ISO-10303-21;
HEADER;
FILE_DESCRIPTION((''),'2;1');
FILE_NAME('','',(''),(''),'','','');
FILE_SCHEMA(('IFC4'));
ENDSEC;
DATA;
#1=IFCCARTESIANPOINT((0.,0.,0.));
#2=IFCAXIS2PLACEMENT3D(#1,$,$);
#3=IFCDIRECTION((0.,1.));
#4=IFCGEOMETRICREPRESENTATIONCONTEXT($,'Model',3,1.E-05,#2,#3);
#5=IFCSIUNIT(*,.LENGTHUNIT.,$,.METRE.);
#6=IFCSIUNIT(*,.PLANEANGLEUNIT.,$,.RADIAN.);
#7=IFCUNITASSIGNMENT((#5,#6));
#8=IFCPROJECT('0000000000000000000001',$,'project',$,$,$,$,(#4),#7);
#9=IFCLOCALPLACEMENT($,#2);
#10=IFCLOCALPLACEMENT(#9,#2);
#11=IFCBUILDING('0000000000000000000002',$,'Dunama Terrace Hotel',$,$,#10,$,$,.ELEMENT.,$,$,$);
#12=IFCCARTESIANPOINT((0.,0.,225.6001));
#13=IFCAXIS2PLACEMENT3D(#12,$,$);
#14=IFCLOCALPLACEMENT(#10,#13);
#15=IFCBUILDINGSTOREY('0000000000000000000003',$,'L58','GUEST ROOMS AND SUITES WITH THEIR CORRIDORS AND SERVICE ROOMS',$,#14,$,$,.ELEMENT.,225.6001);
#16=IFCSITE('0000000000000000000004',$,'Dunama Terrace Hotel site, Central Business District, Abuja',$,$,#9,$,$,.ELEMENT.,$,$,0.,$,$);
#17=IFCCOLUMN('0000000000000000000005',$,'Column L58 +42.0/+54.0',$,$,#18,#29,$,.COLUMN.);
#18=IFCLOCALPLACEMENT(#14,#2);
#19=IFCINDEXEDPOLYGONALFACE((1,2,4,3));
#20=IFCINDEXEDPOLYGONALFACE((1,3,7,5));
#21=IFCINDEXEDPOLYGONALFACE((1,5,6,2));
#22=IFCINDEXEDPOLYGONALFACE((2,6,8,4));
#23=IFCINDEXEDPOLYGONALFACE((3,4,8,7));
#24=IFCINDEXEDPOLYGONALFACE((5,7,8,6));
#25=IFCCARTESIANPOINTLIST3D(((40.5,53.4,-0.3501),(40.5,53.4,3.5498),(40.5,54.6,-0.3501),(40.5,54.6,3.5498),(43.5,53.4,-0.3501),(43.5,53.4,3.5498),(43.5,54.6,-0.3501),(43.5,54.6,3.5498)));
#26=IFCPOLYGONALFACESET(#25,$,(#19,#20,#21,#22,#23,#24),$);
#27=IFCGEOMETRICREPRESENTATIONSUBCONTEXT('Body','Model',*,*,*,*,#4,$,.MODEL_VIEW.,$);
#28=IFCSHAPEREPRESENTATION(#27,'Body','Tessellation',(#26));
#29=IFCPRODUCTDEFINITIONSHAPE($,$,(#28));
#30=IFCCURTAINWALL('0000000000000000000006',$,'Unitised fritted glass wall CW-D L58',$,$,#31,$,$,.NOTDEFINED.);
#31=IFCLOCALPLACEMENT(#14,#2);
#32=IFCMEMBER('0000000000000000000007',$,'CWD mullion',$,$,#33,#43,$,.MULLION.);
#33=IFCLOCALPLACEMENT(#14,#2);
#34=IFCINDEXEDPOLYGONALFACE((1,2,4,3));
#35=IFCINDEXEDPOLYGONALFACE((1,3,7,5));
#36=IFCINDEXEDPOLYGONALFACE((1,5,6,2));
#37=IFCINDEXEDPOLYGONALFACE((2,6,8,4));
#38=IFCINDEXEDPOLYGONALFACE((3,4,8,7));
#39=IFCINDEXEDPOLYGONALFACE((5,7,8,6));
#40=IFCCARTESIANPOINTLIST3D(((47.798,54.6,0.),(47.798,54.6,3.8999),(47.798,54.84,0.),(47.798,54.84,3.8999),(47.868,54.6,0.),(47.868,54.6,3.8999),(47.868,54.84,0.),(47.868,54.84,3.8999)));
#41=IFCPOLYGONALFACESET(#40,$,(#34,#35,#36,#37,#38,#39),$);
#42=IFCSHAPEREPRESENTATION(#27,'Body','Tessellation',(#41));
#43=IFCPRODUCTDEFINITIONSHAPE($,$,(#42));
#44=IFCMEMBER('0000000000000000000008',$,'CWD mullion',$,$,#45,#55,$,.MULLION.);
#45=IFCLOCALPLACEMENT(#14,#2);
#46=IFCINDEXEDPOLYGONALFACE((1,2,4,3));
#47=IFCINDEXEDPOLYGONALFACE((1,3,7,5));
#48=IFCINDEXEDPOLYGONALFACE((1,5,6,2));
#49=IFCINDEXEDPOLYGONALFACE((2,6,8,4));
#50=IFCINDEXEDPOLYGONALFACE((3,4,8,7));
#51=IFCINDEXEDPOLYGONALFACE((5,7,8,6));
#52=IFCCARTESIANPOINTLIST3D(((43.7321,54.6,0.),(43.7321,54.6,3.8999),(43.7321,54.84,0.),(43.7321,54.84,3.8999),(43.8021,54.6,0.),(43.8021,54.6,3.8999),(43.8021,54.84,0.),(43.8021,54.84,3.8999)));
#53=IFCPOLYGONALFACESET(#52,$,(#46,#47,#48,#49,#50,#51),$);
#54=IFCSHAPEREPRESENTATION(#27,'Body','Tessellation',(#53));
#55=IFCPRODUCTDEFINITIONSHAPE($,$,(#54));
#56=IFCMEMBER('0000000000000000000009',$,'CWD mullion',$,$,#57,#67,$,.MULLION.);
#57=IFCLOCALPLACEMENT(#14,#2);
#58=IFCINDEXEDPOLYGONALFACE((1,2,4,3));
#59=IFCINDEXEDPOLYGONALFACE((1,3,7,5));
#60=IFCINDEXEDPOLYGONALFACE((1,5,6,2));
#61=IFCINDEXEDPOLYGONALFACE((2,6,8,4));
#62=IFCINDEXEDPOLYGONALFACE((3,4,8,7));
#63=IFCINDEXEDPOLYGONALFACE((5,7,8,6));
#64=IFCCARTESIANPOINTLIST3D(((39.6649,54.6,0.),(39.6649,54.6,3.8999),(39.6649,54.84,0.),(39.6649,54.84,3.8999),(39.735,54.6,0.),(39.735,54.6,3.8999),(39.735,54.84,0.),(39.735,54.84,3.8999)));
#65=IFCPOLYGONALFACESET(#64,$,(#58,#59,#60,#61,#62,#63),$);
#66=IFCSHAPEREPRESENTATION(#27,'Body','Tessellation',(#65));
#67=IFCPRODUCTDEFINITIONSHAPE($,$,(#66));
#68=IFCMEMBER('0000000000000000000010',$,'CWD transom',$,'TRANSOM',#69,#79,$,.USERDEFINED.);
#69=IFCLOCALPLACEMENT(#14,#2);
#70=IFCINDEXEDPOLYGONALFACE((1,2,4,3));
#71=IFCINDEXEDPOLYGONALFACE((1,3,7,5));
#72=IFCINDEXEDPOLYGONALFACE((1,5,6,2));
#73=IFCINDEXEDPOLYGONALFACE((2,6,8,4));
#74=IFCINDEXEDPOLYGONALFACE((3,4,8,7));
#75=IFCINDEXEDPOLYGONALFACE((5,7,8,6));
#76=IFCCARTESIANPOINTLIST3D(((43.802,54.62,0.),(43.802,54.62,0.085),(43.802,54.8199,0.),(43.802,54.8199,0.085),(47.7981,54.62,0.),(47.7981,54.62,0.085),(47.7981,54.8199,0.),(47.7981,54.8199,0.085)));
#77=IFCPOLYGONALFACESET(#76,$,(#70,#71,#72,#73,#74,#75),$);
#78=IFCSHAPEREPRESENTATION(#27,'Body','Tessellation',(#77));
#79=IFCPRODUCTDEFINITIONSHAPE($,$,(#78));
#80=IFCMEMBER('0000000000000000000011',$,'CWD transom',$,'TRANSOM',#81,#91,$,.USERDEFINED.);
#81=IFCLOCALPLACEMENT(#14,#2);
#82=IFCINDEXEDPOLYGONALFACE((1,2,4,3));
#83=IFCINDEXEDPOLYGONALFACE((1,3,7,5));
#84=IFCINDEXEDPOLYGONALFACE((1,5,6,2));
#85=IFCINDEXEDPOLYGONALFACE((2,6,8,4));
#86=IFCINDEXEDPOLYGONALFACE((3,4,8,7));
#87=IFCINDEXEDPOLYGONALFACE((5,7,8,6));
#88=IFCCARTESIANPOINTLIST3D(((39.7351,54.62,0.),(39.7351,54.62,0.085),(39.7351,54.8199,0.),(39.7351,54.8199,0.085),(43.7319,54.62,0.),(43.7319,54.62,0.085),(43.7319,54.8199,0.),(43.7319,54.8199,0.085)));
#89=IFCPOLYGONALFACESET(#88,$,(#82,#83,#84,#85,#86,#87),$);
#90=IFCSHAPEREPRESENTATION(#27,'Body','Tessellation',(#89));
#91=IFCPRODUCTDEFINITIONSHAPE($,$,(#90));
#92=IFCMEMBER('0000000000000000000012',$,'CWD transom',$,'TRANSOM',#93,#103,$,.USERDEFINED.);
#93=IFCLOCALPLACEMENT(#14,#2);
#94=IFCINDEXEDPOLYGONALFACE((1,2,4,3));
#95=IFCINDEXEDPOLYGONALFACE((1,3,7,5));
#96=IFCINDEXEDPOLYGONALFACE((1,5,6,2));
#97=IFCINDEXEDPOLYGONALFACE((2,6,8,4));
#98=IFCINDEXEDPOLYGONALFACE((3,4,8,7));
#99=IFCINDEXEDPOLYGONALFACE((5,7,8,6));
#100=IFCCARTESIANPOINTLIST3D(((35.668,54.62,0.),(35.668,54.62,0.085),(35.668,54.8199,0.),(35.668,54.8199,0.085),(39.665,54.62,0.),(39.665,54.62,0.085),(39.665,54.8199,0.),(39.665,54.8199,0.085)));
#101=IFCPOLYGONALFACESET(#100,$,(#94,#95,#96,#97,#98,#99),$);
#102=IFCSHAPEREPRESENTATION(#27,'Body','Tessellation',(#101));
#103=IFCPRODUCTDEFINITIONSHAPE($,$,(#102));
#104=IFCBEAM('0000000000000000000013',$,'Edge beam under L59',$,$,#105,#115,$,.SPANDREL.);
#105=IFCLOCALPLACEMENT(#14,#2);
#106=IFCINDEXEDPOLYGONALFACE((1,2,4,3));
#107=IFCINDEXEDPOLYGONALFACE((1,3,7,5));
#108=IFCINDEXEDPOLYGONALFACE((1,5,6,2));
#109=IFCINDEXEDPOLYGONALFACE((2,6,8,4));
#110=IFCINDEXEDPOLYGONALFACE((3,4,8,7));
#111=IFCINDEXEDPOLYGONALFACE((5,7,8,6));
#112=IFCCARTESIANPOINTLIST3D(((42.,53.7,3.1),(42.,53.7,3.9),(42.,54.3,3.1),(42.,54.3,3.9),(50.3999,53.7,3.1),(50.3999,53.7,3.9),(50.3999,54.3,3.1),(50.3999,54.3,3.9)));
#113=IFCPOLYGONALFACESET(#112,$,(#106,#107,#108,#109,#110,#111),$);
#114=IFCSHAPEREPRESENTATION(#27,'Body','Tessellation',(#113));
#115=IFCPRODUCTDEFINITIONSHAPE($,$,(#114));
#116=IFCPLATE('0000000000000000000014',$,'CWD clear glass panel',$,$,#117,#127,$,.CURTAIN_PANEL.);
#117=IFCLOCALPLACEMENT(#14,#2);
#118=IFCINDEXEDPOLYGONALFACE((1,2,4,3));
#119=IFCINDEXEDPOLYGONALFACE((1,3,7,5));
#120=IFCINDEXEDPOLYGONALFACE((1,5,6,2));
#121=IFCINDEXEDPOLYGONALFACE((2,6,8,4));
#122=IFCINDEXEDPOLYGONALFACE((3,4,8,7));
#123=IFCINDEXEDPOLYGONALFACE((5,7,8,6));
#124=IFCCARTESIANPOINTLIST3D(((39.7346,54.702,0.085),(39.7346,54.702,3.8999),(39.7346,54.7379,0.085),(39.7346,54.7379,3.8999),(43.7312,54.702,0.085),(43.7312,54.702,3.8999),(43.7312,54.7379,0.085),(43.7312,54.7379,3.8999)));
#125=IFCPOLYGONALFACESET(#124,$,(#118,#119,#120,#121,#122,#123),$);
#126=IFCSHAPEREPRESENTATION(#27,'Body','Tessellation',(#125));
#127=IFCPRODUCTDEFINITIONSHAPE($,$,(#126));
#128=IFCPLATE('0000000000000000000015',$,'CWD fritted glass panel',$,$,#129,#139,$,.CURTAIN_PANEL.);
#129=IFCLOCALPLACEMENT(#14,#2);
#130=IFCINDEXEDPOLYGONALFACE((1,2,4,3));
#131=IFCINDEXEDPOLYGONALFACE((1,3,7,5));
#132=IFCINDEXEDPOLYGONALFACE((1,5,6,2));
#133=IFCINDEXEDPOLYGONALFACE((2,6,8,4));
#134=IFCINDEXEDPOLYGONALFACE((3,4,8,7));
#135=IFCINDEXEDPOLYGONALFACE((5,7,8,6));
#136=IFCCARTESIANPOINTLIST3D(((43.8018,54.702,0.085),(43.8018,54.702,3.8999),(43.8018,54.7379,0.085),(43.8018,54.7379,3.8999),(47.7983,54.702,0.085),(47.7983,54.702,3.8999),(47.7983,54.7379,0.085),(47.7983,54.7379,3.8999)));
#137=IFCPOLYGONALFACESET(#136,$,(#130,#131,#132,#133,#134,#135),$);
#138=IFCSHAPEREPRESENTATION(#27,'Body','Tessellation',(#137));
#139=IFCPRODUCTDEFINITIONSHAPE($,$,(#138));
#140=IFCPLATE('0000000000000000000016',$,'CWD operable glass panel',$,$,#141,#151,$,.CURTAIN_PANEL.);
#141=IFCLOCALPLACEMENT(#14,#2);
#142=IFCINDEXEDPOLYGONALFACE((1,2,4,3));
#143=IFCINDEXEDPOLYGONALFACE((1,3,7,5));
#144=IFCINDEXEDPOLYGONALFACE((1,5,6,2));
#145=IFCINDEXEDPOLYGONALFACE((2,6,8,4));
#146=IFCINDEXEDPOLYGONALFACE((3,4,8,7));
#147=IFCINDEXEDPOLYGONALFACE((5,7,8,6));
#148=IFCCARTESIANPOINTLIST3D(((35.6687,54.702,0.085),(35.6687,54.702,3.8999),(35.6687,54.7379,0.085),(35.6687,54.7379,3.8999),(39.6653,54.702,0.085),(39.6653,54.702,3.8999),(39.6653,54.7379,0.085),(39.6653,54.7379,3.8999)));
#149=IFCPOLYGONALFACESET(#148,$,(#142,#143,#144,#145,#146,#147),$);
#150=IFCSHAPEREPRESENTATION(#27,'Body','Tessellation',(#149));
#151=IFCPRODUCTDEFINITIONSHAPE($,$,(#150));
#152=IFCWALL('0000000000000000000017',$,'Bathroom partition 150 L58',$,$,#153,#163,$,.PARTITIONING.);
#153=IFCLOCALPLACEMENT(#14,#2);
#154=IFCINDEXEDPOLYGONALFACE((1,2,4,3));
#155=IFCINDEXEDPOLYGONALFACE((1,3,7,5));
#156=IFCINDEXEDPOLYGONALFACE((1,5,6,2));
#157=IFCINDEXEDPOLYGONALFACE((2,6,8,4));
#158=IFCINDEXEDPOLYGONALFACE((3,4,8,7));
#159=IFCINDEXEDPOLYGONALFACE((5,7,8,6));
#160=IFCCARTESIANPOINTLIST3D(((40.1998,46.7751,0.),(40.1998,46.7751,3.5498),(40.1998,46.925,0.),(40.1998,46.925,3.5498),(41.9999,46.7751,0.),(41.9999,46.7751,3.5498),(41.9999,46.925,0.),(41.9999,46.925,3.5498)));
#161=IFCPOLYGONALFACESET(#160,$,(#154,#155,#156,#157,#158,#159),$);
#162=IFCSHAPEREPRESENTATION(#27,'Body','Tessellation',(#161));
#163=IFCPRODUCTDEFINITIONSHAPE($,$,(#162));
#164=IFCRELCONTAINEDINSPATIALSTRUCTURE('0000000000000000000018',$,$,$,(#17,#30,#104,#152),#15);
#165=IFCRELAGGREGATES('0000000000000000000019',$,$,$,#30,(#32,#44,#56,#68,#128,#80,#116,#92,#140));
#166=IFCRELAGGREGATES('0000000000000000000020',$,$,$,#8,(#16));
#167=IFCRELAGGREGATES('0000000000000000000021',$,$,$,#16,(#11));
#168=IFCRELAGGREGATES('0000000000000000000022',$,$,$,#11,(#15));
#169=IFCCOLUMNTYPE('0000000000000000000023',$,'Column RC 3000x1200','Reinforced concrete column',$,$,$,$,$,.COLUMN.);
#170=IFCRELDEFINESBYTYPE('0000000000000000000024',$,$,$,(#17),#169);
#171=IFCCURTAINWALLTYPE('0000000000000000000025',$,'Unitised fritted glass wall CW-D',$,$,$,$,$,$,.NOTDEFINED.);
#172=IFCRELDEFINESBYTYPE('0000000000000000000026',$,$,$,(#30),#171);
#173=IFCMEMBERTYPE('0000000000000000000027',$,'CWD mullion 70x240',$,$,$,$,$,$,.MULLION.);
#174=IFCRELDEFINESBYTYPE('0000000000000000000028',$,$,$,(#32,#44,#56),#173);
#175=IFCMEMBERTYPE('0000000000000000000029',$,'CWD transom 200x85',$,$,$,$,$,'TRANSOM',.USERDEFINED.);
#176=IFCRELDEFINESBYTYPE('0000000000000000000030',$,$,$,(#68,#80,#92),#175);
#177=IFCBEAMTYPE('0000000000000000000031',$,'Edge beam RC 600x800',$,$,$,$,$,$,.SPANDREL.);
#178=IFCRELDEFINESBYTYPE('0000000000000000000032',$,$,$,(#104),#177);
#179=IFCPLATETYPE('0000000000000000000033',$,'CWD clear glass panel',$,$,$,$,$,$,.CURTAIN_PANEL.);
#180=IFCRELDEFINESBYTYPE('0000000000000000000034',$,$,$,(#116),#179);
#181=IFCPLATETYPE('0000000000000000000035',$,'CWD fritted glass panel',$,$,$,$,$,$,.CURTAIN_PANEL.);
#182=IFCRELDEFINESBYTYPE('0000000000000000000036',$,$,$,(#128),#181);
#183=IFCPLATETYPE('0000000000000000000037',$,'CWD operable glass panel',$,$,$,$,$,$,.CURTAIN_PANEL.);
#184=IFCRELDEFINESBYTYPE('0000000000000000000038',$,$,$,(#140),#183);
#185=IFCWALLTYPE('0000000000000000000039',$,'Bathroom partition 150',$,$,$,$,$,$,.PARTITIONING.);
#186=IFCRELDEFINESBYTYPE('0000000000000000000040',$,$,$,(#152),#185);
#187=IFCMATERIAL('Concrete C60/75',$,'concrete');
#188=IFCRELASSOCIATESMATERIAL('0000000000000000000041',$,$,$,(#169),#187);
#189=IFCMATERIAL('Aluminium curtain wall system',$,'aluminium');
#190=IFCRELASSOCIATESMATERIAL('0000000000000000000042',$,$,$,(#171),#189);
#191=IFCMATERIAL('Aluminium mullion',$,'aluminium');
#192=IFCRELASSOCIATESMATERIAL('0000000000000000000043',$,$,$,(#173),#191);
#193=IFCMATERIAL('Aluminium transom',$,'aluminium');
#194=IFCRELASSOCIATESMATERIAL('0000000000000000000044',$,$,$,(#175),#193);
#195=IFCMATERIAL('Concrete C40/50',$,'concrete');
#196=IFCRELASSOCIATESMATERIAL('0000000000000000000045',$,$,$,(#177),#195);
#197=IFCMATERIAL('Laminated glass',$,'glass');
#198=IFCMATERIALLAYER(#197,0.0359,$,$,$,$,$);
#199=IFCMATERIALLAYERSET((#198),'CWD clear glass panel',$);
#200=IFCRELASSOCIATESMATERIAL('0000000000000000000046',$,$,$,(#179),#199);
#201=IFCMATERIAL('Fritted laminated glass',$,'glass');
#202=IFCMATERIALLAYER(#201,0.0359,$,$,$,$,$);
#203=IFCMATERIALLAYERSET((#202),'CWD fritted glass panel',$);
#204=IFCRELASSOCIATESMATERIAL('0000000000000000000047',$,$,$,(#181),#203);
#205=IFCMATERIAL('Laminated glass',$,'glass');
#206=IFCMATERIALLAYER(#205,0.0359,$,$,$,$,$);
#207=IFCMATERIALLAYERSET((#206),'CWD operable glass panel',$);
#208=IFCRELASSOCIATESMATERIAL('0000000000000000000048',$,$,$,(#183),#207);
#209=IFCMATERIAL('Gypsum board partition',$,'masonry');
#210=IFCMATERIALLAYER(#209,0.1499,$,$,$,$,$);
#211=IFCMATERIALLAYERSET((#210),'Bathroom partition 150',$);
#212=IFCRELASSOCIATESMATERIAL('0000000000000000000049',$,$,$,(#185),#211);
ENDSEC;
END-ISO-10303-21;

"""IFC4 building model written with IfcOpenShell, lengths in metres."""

from ifc_helpers import new_model, si_unit, direction, frame, frame_2d, origin, origin_2d, place, context, subcontext, project, spatial, rectangle, extrude, material, layer, layer_set, material_profile, profile_set, type_object, element, aggregate, save


model = new_model("IFC4")

# Units and contexts
model_context = context("Model", 3, precision=1e-05, world=origin(), true_north=direction((0.0, 1.0)))
body_context = subcontext(model_context, "Body", "Model", "MODEL_VIEW")
ifc_project = project(units=[si_unit("LENGTHUNIT", "METRE"), si_unit("PLANEANGLEUNIT", "RADIAN")], contexts=[model_context])

# Site, building, storey
site_placement = place(None, origin())
site = spatial("IfcSite", under=ifc_project, at=site_placement, Name="Dunama Terrace Hotel site, Central Business District, Abuja", CompositionType="ELEMENT", RefElevation=0.0)
building_placement = place(site_placement, origin())
building = spatial("IfcBuilding", under=site, at=building_placement, Name="Dunama Terrace Hotel", CompositionType="ELEMENT")
storey_placement = place(building_placement, frame((0.0, 0.0, 225.6001)))
storey = spatial("IfcBuildingStorey", under=building, at=storey_placement, Name="L58", Description="GUEST ROOMS AND SUITES WITH THEIR CORRIDORS AND SERVICE ROOMS", CompositionType="ELEMENT", Elevation=225.6001)

# Column
ifc_material_1 = material(Name="Concrete C60/75", Category="concrete")
ifc_material_profile_1 = material_profile(ifc_material_1, rectangle(XDim=3.0, YDim=1.2, at=origin_2d()), Name="RC 3000x1200")
ifc_profile_set_1 = profile_set([ifc_material_profile_1], Name="Concrete C60/75")
column_type = type_object("IfcColumnType", Name="Column RC 3000x1200", Description="Reinforced concrete column", PredefinedType="COLUMN", material=ifc_profile_set_1)
column_placement = place(storey_placement, frame((42.0, 54.0, -0.3501), z_axis=(0.0, 0.0, 1.0), x_axis=(1.0, 0.0, 0.0)))
element("IfcColumn", 1, at=column_placement, inside=storey, type_object=column_type, Name="Column L58 +42.0/+54.0", PredefinedType="COLUMN", context=body_context, shape_type="SweptSolid", body=[
    extrude(rectangle(XDim=3.0, YDim=1.2, at=origin_2d()), origin(), (0.0, 0.0, 1.0), 3.8999),
])

# Curtain wall, members
ifc_material_2 = material(Name="Aluminium curtain wall system", Category="aluminium")
curtain_wall_type = type_object("IfcCurtainWallType", Name="Unitised fritted glass wall CW-D", PredefinedType="NOTDEFINED", material=ifc_material_2)
curtain_wall_placement = place(storey_placement, origin())
curtain_wall = element("IfcCurtainWall", 2, at=curtain_wall_placement, inside=storey, type_object=curtain_wall_type, Name="Unitised fritted glass wall CW-D L58", PredefinedType="NOTDEFINED")
ifc_material_3 = material(Name="Aluminium mullion", Category="aluminium")
ifc_material_profile_2 = material_profile(ifc_material_3, rectangle(XDim=0.0701, YDim=0.24, at=origin_2d()), Name="CWD MULLION 70X240")
ifc_profile_set_2 = profile_set([ifc_material_profile_2], Name="Aluminium mullion")
member_type_1 = type_object("IfcMemberType", Name="CWD mullion 70x240", PredefinedType="MULLION", material=ifc_profile_set_2)
member_1_placement = place(storey_placement, frame((47.833, 54.72, 0.0), z_axis=(0.0, 0.0, 1.0), x_axis=(-1.0, 0.0, 0.0)))
member_1 = element("IfcMember", 3, at=member_1_placement, type_object=member_type_1, Name="CWD mullion", PredefinedType="MULLION", context=body_context, shape_type="SweptSolid", body=[
    extrude(rectangle(XDim=0.0701, YDim=0.24, at=origin_2d()), origin(), (0.0, 0.0, 1.0), 3.8999),
])
member_2_placement = place(storey_placement, frame((43.7671, 54.72, 0.0), z_axis=(0.0, 0.0, 1.0), x_axis=(-1.0, 0.0, 0.0)))
member_2 = element("IfcMember", 4, at=member_2_placement, type_object=member_type_1, Name="CWD mullion", PredefinedType="MULLION", context=body_context, shape_type="SweptSolid", body=[
    extrude(rectangle(XDim=0.0701, YDim=0.24, at=origin_2d()), origin(), (0.0, 0.0, 1.0), 3.8999),
])
member_3_placement = place(storey_placement, frame((39.7, 54.72, 0.0), z_axis=(0.0, 0.0, 1.0), x_axis=(-1.0, 0.0, 0.0)))
member_3 = element("IfcMember", 5, at=member_3_placement, type_object=member_type_1, Name="CWD mullion", PredefinedType="MULLION", context=body_context, shape_type="SweptSolid", body=[
    extrude(rectangle(XDim=0.0701, YDim=0.24, at=origin_2d()), origin(), (0.0, 0.0, 1.0), 3.8999),
])
ifc_material_4 = material(Name="Aluminium transom", Category="aluminium")
ifc_material_profile_3 = material_profile(ifc_material_4, rectangle(XDim=0.2, YDim=0.085, at=origin_2d()), Name="CWD TRANSOM 200X85")
ifc_profile_set_3 = profile_set([ifc_material_profile_3], Name="Aluminium transom")
member_type_2 = type_object("IfcMemberType", Name="CWD transom 200x85", ElementType="TRANSOM", PredefinedType="USERDEFINED", material=ifc_profile_set_3)
member_4_placement = place(storey_placement, frame((47.7981, 54.72, 0.0425), z_axis=(-1.0, 0.0, 0.0), x_axis=(0.0, -1.0, 0.0)))
member_4 = element("IfcMember", 6, at=member_4_placement, type_object=member_type_2, Name="CWD transom", ObjectType="TRANSOM", PredefinedType="USERDEFINED", context=body_context, shape_type="SweptSolid", body=[
    extrude(rectangle(XDim=0.2, YDim=0.085, at=origin_2d()), origin(), (0.0, 0.0, 1.0), 3.9961),
])
member_5_placement = place(storey_placement, frame((43.7319, 54.72, 0.0425), z_axis=(-1.0, 0.0, 0.0), x_axis=(0.0, -1.0, 0.0)))
member_5 = element("IfcMember", 7, at=member_5_placement, type_object=member_type_2, Name="CWD transom", ObjectType="TRANSOM", PredefinedType="USERDEFINED", context=body_context, shape_type="SweptSolid", body=[
    extrude(rectangle(XDim=0.2, YDim=0.085, at=origin_2d()), origin(), (0.0, 0.0, 1.0), 3.9968),
])
member_6_placement = place(storey_placement, frame((39.665, 54.72, 0.0425), z_axis=(-1.0, 0.0, 0.0), x_axis=(0.0, -1.0, 0.0)))
member_6 = element("IfcMember", 8, at=member_6_placement, type_object=member_type_2, Name="CWD transom", ObjectType="TRANSOM", PredefinedType="USERDEFINED", context=body_context, shape_type="SweptSolid", body=[
    extrude(rectangle(XDim=0.2, YDim=0.085, at=origin_2d()), origin(), (0.0, 0.0, 1.0), 3.9971),
])

# Beam
ifc_material_5 = material(Name="Concrete C40/50", Category="concrete")
ifc_material_profile_4 = material_profile(ifc_material_5, rectangle(XDim=0.6001, YDim=0.8, at=origin_2d()), Name="RC 600x800")
ifc_profile_set_4 = profile_set([ifc_material_profile_4], Name="Concrete C40/50")
beam_type = type_object("IfcBeamType", Name="Edge beam RC 600x800", PredefinedType="SPANDREL", material=ifc_profile_set_4)
beam_placement = place(storey_placement, frame((42.0, 54.0, 3.5), z_axis=(1.0, 0.0, 0.0), x_axis=(0.0, 1.0, 0.0)))
element("IfcBeam", 9, at=beam_placement, inside=storey, type_object=beam_type, Name="Edge beam under L59", PredefinedType="SPANDREL", context=body_context, shape_type="SweptSolid", body=[
    extrude(rectangle(XDim=0.6001, YDim=0.8, at=origin_2d()), origin(), (0.0, 0.0, 1.0), 8.3999),
])

# Plates
ifc_material_6 = material(Name="Laminated glass", Category="glass")
ifc_layer_1 = layer(ifc_material_6, 0.0359)
ifc_layer_set_1 = layer_set([ifc_layer_1], Name="CWD clear glass panel")
plate_type_1 = type_object("IfcPlateType", Name="CWD clear glass panel", PredefinedType="CURTAIN_PANEL", material=ifc_layer_set_1)
plate_1_placement = place(storey_placement, frame((41.7329, 54.72, 0.085), z_axis=(0.0, 0.0, 1.0), x_axis=(-1.0, 0.0, 0.0)))
plate_1 = element("IfcPlate", 10, at=plate_1_placement, type_object=plate_type_1, Name="CWD clear glass panel", PredefinedType="CURTAIN_PANEL", context=body_context, shape_type="SweptSolid", body=[
    extrude(rectangle(XDim=3.9966, YDim=0.0359, at=origin_2d()), origin(), (0.0, 0.0, 1.0), 3.8149),
])
ifc_material_7 = material(Name="Fritted laminated glass", Category="glass")
ifc_layer_2 = layer(ifc_material_7, 0.0359)
ifc_layer_set_2 = layer_set([ifc_layer_2], Name="CWD fritted glass panel")
plate_type_2 = type_object("IfcPlateType", Name="CWD fritted glass panel", PredefinedType="CURTAIN_PANEL", material=ifc_layer_set_2)
plate_2_placement = place(storey_placement, frame((45.8, 54.72, 0.085), z_axis=(0.0, 0.0, 1.0), x_axis=(-1.0, 0.0, 0.0)))
plate_2 = element("IfcPlate", 11, at=plate_2_placement, type_object=plate_type_2, Name="CWD fritted glass panel", PredefinedType="CURTAIN_PANEL", context=body_context, shape_type="SweptSolid", body=[
    extrude(rectangle(XDim=3.9966, YDim=0.0359, at=origin_2d()), origin(), (0.0, 0.0, 1.0), 3.8149),
])
ifc_material_8 = material(Name="Laminated glass", Category="glass")
ifc_layer_3 = layer(ifc_material_8, 0.0359)
ifc_layer_set_3 = layer_set([ifc_layer_3], Name="CWD operable glass panel")
plate_type_3 = type_object("IfcPlateType", Name="CWD operable glass panel", PredefinedType="CURTAIN_PANEL", material=ifc_layer_set_3)
plate_3_placement = place(storey_placement, frame((37.667, 54.72, 0.085), z_axis=(0.0, 0.0, 1.0), x_axis=(-1.0, 0.0, 0.0)))
plate_3 = element("IfcPlate", 12, at=plate_3_placement, type_object=plate_type_3, Name="CWD operable glass panel", PredefinedType="CURTAIN_PANEL", context=body_context, shape_type="SweptSolid", body=[
    extrude(rectangle(XDim=3.9966, YDim=0.0359, at=origin_2d()), origin(), (0.0, 0.0, 1.0), 3.8149),
])
aggregate(curtain_wall, [member_1, member_2, member_3, member_4, plate_2, member_5, plate_1, member_6, plate_3])

# Wall
ifc_material_9 = material(Name="Gypsum board partition", Category="masonry")
ifc_layer_4 = layer(ifc_material_9, 0.1499)
ifc_layer_set_4 = layer_set([ifc_layer_4], Name="Bathroom partition 150")
wall_type_1 = type_object("IfcWallType", Name="Bathroom partition 150", PredefinedType="PARTITIONING", material=ifc_layer_set_4)
wall_1_placement = place(storey_placement, frame((40.2, 46.8501, 0.0), z_axis=(0.0, 0.0, 1.0), x_axis=(1.0, 0.0, 0.0)))
element("IfcWall", 13, at=wall_1_placement, inside=storey, type_object=wall_type_1, Name="Bathroom partition 150 L58", PredefinedType="PARTITIONING", context=body_context, shape_type="SweptSolid", body=[
    extrude(rectangle(XDim=1.8, YDim=0.1499, at=frame_2d((0.8999, 0.0))), origin(), (0.0, 0.0, 1.0), 3.5498),
])

save(model, "model.ifc")
